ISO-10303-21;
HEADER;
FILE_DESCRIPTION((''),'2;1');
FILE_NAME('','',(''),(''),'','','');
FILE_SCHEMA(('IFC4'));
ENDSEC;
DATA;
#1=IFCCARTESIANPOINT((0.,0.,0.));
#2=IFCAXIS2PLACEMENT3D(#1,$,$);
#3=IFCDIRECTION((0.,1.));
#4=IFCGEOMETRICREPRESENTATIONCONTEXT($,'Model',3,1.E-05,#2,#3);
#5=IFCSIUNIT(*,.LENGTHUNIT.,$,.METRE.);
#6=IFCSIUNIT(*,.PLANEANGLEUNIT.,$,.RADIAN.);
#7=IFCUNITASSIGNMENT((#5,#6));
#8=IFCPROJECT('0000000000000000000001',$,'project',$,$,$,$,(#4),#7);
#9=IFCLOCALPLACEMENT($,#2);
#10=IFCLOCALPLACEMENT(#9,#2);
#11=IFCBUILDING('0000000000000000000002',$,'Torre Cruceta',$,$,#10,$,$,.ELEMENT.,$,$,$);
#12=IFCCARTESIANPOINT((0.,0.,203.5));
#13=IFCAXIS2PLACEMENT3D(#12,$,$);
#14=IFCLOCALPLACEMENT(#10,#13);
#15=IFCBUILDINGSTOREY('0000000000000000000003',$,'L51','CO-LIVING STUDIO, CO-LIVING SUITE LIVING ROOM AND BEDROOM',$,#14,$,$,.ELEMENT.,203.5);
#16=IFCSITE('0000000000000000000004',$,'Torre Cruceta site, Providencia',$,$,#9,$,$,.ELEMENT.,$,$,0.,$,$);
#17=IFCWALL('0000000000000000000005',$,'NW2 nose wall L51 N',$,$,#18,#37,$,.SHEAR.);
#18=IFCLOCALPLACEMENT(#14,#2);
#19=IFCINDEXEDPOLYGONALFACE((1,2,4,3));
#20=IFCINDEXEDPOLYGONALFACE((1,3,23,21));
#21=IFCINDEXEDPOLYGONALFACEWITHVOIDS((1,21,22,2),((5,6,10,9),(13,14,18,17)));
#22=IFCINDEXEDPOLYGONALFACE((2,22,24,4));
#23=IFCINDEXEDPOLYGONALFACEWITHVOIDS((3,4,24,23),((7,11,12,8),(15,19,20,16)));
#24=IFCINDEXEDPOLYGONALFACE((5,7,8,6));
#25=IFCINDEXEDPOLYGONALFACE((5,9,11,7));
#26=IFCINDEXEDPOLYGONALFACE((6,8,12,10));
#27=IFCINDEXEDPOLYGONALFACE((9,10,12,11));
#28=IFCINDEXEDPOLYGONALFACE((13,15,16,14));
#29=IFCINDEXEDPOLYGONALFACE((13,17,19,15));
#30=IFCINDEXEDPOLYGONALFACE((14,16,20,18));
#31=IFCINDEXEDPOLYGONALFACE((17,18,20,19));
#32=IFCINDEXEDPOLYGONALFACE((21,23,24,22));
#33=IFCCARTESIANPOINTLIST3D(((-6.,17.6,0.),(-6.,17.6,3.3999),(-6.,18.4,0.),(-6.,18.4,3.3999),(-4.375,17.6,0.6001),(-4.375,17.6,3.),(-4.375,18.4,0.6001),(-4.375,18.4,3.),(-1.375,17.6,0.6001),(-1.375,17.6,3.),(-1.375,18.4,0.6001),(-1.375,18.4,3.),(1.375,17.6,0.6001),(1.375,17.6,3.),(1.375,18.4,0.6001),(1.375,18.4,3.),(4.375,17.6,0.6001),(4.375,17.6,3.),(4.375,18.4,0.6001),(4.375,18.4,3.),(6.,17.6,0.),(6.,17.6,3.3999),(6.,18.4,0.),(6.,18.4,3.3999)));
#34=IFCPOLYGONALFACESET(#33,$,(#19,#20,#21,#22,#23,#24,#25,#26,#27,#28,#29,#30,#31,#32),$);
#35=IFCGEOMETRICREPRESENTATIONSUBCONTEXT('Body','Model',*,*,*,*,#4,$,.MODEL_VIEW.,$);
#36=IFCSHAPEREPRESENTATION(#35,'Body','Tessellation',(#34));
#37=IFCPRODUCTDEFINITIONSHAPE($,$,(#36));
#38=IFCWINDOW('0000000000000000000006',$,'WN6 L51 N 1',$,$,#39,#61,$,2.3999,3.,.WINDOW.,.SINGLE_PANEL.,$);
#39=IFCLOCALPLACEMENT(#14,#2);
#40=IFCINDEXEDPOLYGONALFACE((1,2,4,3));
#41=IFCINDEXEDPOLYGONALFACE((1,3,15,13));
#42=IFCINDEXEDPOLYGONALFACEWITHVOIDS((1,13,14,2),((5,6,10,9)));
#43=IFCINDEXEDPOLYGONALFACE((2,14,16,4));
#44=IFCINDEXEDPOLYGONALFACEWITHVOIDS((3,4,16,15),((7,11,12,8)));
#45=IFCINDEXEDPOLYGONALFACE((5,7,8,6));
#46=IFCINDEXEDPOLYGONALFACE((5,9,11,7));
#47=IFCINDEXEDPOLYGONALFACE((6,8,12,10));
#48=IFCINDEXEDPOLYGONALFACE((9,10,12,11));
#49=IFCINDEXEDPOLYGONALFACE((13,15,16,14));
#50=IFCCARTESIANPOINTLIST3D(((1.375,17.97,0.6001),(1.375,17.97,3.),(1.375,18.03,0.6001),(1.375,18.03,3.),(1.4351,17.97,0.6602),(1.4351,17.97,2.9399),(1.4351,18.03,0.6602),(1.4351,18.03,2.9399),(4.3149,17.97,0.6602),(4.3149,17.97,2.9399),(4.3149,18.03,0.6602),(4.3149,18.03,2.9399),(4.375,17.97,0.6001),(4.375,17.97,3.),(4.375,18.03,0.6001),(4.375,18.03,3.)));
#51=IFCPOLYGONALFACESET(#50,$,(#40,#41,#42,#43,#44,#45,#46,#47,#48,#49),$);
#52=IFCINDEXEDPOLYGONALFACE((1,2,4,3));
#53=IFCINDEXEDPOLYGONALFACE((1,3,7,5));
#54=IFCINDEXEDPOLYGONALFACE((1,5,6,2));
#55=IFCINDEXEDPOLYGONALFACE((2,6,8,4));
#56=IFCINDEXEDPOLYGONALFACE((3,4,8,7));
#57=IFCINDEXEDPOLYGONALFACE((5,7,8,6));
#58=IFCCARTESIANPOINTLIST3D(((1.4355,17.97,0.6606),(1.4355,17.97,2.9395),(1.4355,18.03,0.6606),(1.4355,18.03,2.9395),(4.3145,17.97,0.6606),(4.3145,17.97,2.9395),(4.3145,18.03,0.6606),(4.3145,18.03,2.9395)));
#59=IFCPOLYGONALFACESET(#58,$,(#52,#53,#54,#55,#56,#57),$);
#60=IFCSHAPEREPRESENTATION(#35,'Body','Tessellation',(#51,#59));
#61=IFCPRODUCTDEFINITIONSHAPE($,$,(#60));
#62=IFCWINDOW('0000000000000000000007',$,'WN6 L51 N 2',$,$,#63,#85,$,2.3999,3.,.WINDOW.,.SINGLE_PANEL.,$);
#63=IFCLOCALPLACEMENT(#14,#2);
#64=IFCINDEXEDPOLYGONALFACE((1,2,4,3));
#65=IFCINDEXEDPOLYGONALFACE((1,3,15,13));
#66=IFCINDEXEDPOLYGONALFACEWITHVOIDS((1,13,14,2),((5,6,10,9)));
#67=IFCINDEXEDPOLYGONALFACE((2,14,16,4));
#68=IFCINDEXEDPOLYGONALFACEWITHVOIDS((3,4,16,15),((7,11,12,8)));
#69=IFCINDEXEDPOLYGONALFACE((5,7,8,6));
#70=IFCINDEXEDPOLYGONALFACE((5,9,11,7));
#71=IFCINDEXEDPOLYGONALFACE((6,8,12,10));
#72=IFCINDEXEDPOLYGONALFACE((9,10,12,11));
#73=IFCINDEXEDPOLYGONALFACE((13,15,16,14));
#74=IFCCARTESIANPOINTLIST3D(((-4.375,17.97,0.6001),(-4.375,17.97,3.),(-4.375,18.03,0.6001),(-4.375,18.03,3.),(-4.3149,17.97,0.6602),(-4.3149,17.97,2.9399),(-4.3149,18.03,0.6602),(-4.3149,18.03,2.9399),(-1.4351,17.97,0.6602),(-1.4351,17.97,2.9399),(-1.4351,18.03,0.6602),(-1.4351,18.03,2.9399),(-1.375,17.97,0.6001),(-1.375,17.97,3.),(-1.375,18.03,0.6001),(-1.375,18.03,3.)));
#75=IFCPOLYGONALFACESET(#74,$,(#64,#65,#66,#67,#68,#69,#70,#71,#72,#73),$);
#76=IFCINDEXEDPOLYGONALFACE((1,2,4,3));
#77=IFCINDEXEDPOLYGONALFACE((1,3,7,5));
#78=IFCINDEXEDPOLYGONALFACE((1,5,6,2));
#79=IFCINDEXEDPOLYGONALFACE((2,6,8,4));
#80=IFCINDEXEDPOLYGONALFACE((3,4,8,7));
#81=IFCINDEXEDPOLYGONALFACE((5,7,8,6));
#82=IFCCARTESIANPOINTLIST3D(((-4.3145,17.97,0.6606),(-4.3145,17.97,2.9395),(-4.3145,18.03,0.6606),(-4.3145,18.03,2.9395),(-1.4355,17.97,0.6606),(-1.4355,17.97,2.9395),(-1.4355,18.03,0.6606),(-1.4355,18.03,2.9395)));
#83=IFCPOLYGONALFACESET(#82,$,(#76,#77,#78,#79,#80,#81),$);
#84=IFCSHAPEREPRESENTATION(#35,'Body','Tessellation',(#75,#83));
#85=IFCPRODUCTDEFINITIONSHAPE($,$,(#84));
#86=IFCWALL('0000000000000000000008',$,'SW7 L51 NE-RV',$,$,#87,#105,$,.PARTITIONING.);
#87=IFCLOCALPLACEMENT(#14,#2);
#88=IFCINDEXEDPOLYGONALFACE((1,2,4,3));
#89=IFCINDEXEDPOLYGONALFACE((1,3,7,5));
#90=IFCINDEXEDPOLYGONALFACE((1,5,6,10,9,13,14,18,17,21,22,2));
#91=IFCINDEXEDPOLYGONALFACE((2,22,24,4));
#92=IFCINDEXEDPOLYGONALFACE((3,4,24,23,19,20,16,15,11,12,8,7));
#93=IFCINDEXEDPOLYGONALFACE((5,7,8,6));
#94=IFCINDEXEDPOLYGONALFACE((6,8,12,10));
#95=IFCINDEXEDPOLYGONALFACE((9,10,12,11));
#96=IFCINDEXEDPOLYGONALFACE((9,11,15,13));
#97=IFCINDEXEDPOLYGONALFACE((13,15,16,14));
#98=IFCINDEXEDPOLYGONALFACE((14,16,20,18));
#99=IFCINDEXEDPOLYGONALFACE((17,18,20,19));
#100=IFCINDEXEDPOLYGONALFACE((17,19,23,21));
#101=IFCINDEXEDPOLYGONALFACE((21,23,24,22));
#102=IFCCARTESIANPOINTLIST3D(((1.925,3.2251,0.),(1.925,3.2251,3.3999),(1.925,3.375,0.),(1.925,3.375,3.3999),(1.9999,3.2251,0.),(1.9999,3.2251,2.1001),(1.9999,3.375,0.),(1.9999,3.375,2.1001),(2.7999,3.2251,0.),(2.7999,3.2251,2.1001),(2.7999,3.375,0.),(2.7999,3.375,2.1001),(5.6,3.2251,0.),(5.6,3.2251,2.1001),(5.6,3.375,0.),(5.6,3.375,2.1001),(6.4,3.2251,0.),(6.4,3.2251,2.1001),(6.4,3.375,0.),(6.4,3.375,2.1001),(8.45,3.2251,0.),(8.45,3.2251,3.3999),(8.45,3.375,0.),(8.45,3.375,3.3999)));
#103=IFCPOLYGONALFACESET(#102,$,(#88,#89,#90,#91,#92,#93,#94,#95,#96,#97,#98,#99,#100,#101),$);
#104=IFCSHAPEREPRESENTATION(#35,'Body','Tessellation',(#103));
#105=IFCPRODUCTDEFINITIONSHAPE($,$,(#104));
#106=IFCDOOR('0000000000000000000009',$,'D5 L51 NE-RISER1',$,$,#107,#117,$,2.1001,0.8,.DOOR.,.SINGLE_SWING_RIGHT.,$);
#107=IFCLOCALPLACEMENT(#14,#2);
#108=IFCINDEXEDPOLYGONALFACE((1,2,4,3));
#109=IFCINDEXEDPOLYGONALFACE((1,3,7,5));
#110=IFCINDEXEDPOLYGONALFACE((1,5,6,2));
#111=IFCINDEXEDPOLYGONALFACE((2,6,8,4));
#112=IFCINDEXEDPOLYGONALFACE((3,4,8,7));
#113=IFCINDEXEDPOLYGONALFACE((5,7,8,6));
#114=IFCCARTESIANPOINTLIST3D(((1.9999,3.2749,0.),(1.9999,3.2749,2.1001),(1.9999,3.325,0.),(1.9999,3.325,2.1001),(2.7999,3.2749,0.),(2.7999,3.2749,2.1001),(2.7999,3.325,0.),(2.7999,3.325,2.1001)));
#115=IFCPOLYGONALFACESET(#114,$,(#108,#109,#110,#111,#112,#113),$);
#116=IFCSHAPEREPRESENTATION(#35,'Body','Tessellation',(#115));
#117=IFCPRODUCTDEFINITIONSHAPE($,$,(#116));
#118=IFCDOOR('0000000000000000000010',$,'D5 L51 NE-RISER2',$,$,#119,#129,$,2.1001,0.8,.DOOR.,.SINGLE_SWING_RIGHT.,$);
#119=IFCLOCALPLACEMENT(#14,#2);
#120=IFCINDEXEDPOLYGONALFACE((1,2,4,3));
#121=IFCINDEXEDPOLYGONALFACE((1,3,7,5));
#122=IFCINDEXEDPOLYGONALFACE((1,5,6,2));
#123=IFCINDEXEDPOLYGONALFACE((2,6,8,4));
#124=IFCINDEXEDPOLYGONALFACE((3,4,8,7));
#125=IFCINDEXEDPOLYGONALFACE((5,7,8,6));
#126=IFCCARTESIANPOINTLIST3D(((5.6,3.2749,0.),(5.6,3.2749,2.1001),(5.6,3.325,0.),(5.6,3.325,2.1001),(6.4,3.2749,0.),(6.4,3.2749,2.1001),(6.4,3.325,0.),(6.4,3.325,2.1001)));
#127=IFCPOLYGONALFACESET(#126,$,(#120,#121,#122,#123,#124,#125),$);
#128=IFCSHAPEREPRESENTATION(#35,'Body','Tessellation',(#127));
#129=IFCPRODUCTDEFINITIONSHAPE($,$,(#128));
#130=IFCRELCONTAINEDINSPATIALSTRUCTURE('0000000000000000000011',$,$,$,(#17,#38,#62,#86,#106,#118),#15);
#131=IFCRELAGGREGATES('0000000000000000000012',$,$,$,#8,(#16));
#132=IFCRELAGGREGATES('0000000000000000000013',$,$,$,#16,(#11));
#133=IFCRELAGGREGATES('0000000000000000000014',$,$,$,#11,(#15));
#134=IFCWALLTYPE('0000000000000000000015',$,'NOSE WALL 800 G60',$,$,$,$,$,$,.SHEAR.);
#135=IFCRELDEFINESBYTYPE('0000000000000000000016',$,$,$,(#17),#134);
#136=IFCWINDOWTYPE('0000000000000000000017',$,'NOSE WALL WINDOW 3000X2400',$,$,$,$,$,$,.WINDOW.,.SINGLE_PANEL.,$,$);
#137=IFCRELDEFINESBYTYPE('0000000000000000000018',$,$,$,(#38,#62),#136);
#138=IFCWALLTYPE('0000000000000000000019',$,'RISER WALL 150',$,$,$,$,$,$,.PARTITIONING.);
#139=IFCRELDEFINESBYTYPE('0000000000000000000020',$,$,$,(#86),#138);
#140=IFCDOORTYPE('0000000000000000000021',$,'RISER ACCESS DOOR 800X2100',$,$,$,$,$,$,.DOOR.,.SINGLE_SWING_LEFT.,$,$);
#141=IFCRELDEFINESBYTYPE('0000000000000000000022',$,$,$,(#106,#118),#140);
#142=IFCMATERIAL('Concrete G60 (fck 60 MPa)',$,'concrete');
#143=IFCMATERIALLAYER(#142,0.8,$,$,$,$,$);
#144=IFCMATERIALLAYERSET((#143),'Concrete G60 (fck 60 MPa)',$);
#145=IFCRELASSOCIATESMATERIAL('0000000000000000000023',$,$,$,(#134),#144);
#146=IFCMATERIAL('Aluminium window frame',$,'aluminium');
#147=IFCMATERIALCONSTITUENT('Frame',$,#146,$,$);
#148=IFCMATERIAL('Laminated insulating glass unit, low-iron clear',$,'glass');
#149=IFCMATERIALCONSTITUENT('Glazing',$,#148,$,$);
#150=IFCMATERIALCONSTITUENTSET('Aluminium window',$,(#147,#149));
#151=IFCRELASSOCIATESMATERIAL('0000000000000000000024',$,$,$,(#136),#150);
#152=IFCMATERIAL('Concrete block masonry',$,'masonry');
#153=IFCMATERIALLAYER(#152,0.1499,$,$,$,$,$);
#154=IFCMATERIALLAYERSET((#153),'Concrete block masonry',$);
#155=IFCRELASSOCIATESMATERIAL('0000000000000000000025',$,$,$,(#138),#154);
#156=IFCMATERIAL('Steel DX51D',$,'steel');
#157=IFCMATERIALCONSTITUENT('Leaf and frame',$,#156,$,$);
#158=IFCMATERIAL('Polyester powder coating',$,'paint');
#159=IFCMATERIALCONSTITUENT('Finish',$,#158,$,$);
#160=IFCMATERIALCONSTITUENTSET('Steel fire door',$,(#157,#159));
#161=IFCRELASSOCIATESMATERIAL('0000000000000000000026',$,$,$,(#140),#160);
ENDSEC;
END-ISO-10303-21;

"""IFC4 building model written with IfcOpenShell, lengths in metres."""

from ifc_helpers import new_model, si_unit, direction, frame, frame_2d, origin, place, context, subcontext, project, spatial, rectangle, hollow_rectangle, extrude, material, layer, layer_set, constituent, constituent_set, type_object, element, fill, save


model = new_model("IFC4")

# Units and contexts
model_context = context("Model", 3, precision=1e-05, world=origin(), true_north=direction((0.0, 1.0)))
body_context = subcontext(model_context, "Body", "Model", "MODEL_VIEW")
ifc_project = project(units=[si_unit("LENGTHUNIT", "METRE"), si_unit("PLANEANGLEUNIT", "RADIAN")], contexts=[model_context])

# Site, building, storey
site_placement = place(None, origin())
site = spatial("IfcSite", under=ifc_project, at=site_placement, Name="Torre Cruceta site, Providencia", CompositionType="ELEMENT", RefElevation=0.0)
building_placement = place(site_placement, origin())
building = spatial("IfcBuilding", under=site, at=building_placement, Name="Torre Cruceta", CompositionType="ELEMENT")
storey_placement = place(building_placement, frame((0.0, 0.0, 203.5)))
storey = spatial("IfcBuildingStorey", under=building, at=storey_placement, Name="L51", Description="CO-LIVING STUDIO, CO-LIVING SUITE LIVING ROOM AND BEDROOM", CompositionType="ELEMENT", Elevation=203.5)

# Wall, openings, windows
ifc_material_1 = material(Name="Concrete G60 (fck 60 MPa)", Category="concrete")
ifc_layer_1 = layer(ifc_material_1, 0.8)
ifc_layer_set_1 = layer_set([ifc_layer_1], Name="Concrete G60 (fck 60 MPa)")
wall_type_1 = type_object("IfcWallType", Name="NOSE WALL 800 G60", PredefinedType="SHEAR", material=ifc_layer_set_1)
wall_1_placement = place(storey_placement, frame((6.0, 18.0, 0.0), z_axis=(0.0, 0.0, 1.0), x_axis=(-1.0, 0.0, 0.0)))
wall_1 = element("IfcWall", 1, at=wall_1_placement, inside=storey, type_object=wall_type_1, Name="NW2 nose wall L51 N", PredefinedType="SHEAR", context=body_context, shape_type="SweptSolid", body=[
    extrude(rectangle(XDim=12.0, YDim=0.8, at=frame_2d((6.0, 0.0))), origin(), (0.0, 0.0, 1.0), 3.3999),
])
opening_1_placement = place(wall_1_placement, frame((1.625, 0.0, 0.6001)))
opening_1 = element("IfcOpeningElement", 2, at=opening_1_placement, cuts=wall_1, PredefinedType="OPENING", context=body_context, shape_type="SweptSolid", body=[
    extrude(rectangle(XDim=3.0, YDim=2.3999, at=frame_2d((1.5, 1.2))), frame((0.0, 0.4099, 0.0), z_axis=(0.0, -1.0, 0.0), x_axis=(1.0, 0.0, 0.0)), (0.0, 0.0, 1.0), 0.8201),
])
opening_2_placement = place(wall_1_placement, frame((7.375, 0.0, 0.6001)))
opening_2 = element("IfcOpeningElement", 3, at=opening_2_placement, cuts=wall_1, PredefinedType="OPENING", context=body_context, shape_type="SweptSolid", body=[
    extrude(rectangle(XDim=3.0, YDim=2.3999, at=frame_2d((1.5, 1.2))), frame((0.0, 0.4099, 0.0), z_axis=(0.0, -1.0, 0.0), x_axis=(1.0, 0.0, 0.0)), (0.0, 0.0, 1.0), 0.8201),
])
ifc_material_2 = material(Name="Aluminium window frame", Category="aluminium")
ifc_constituent_1 = constituent(ifc_material_2, Name="Frame")
ifc_material_3 = material(Name="Laminated insulating glass unit, low-iron clear", Category="glass")
ifc_constituent_2 = constituent(ifc_material_3, Name="Glazing")
ifc_constituent_set_1 = constituent_set(constituents=[ifc_constituent_1, ifc_constituent_2], Name="Aluminium window")
window_type = type_object("IfcWindowType", Name="NOSE WALL WINDOW 3000X2400", PartitioningType="SINGLE_PANEL", PredefinedType="WINDOW", material=ifc_constituent_set_1)
window_1_placement = place(opening_1_placement, origin())
window_1 = element("IfcWindow", 4, at=window_1_placement, inside=storey, type_object=window_type, Name="WN6 L51 N 1", OverallHeight=2.3999, OverallWidth=3.0, PartitioningType="SINGLE_PANEL", PredefinedType="WINDOW", context=body_context, shape_type="SweptSolid", body=[
    extrude(hollow_rectangle(XDim=3.0, YDim=2.3999, WallThickness=0.0601, at=frame_2d((1.5, 1.2))), frame((0.0, 0.03, 0.0), z_axis=(0.0, -1.0, 0.0), x_axis=(1.0, 0.0, 0.0)), (0.0, 0.0, 1.0), 0.0601),
    extrude(rectangle(XDim=2.8789, YDim=2.2788, at=frame_2d((1.5, 1.2))), frame((0.0, 0.03, 0.0), z_axis=(0.0, -1.0, 0.0), x_axis=(1.0, 0.0, 0.0)), (0.0, 0.0, 1.0), 0.0601),
])
fill(opening_1, window_1)
window_2_placement = place(opening_2_placement, origin())
window_2 = element("IfcWindow", 5, at=window_2_placement, inside=storey, type_object=window_type, Name="WN6 L51 N 2", OverallHeight=2.3999, OverallWidth=3.0, PartitioningType="SINGLE_PANEL", PredefinedType="WINDOW", context=body_context, shape_type="SweptSolid", body=[
    extrude(hollow_rectangle(XDim=3.0, YDim=2.3999, WallThickness=0.0601, at=frame_2d((1.5, 1.2))), frame((0.0, 0.03, 0.0), z_axis=(0.0, -1.0, 0.0), x_axis=(1.0, 0.0, 0.0)), (0.0, 0.0, 1.0), 0.0601),
    extrude(rectangle(XDim=2.8789, YDim=2.2788, at=frame_2d((1.5, 1.2))), frame((0.0, 0.03, 0.0), z_axis=(0.0, -1.0, 0.0), x_axis=(1.0, 0.0, 0.0)), (0.0, 0.0, 1.0), 0.0601),
])
fill(opening_2, window_2)

# Wall, openings, doors
ifc_material_4 = material(Name="Concrete block masonry", Category="masonry")
ifc_layer_2 = layer(ifc_material_4, 0.1499)
ifc_layer_set_2 = layer_set([ifc_layer_2], Name="Concrete block masonry")
wall_type_2 = type_object("IfcWallType", Name="RISER WALL 150", PredefinedType="PARTITIONING", material=ifc_layer_set_2)
wall_2_placement = place(storey_placement, frame((1.925, 3.3, 0.0), z_axis=(0.0, 0.0, 1.0), x_axis=(1.0, 0.0, 0.0)))
wall_2 = element("IfcWall", 6, at=wall_2_placement, inside=storey, type_object=wall_type_2, Name="SW7 L51 NE-RV", PredefinedType="PARTITIONING", context=body_context, shape_type="SweptSolid", body=[
    extrude(rectangle(XDim=6.5249, YDim=0.1499, at=frame_2d((3.2625, 0.0))), origin(), (0.0, 0.0, 1.0), 3.3999),
])
opening_3_placement = place(wall_2_placement, frame((0.075, 0.0, 0.0)))
opening_3 = element("IfcOpeningElement", 7, at=opening_3_placement, cuts=wall_2, PredefinedType="OPENING", context=body_context, shape_type="SweptSolid", body=[
    extrude(rectangle(XDim=0.8, YDim=2.1001, at=frame_2d((0.3999, 1.05))), frame((0.0, 0.085, 0.0), z_axis=(0.0, -1.0, 0.0), x_axis=(1.0, 0.0, 0.0)), (0.0, 0.0, 1.0), 0.1699),
])
opening_4_placement = place(wall_2_placement, frame((3.675, 0.0, 0.0)))
opening_4 = element("IfcOpeningElement", 8, at=opening_4_placement, cuts=wall_2, PredefinedType="OPENING", context=body_context, shape_type="SweptSolid", body=[
    extrude(rectangle(XDim=0.8, YDim=2.1001, at=frame_2d((0.3999, 1.05))), frame((0.0, 0.085, 0.0), z_axis=(0.0, -1.0, 0.0), x_axis=(1.0, 0.0, 0.0)), (0.0, 0.0, 1.0), 0.1699),
])
ifc_material_5 = material(Name="Steel DX51D", Category="steel")
ifc_constituent_3 = constituent(ifc_material_5, Name="Leaf and frame")
ifc_material_6 = material(Name="Polyester powder coating", Category="paint")
ifc_constituent_4 = constituent(ifc_material_6, Name="Finish")
ifc_constituent_set_2 = constituent_set(constituents=[ifc_constituent_3, ifc_constituent_4], Name="Steel fire door")
door_type_1 = type_object("IfcDoorType", Name="RISER ACCESS DOOR 800X2100", OperationType="SINGLE_SWING_LEFT", PredefinedType="DOOR", material=ifc_constituent_set_2)
door_1_placement = place(opening_3_placement, frame((0.8, 0.0, 0.0), z_axis=(0.0, 0.0, 1.0), x_axis=(-1.0, 0.0, 0.0)))
door_1 = element("IfcDoor", 9, at=door_1_placement, inside=storey, type_object=door_type_1, Name="D5 L51 NE-RISER1", OperationType="SINGLE_SWING_RIGHT", OverallHeight=2.1001, OverallWidth=0.8, PredefinedType="DOOR", context=body_context, shape_type="SweptSolid", body=[
    extrude(rectangle(XDim=0.8, YDim=2.1001, at=frame_2d((0.4001, 1.05))), frame((0.0, 0.0251, 0.0), z_axis=(0.0, -1.0, 0.0), x_axis=(1.0, 0.0, 0.0)), (0.0, 0.0, 1.0), 0.05),
])
fill(opening_3, door_1)
door_2_placement = place(opening_4_placement, frame((0.8, 0.0, 0.0), z_axis=(0.0, 0.0, 1.0), x_axis=(-1.0, 0.0, 0.0)))
door_2 = element("IfcDoor", 10, at=door_2_placement, inside=storey, type_object=door_type_1, Name="D5 L51 NE-RISER2", OperationType="SINGLE_SWING_RIGHT", OverallHeight=2.1001, OverallWidth=0.8, PredefinedType="DOOR", context=body_context, shape_type="SweptSolid", body=[
    extrude(rectangle(XDim=0.8, YDim=2.1001, at=frame_2d((0.4001, 1.05))), frame((0.0, 0.0251, 0.0), z_axis=(0.0, -1.0, 0.0), x_axis=(1.0, 0.0, 0.0)), (0.0, 0.0, 1.0), 0.05),
])
fill(opening_4, door_2)

save(model, "model.ifc")
